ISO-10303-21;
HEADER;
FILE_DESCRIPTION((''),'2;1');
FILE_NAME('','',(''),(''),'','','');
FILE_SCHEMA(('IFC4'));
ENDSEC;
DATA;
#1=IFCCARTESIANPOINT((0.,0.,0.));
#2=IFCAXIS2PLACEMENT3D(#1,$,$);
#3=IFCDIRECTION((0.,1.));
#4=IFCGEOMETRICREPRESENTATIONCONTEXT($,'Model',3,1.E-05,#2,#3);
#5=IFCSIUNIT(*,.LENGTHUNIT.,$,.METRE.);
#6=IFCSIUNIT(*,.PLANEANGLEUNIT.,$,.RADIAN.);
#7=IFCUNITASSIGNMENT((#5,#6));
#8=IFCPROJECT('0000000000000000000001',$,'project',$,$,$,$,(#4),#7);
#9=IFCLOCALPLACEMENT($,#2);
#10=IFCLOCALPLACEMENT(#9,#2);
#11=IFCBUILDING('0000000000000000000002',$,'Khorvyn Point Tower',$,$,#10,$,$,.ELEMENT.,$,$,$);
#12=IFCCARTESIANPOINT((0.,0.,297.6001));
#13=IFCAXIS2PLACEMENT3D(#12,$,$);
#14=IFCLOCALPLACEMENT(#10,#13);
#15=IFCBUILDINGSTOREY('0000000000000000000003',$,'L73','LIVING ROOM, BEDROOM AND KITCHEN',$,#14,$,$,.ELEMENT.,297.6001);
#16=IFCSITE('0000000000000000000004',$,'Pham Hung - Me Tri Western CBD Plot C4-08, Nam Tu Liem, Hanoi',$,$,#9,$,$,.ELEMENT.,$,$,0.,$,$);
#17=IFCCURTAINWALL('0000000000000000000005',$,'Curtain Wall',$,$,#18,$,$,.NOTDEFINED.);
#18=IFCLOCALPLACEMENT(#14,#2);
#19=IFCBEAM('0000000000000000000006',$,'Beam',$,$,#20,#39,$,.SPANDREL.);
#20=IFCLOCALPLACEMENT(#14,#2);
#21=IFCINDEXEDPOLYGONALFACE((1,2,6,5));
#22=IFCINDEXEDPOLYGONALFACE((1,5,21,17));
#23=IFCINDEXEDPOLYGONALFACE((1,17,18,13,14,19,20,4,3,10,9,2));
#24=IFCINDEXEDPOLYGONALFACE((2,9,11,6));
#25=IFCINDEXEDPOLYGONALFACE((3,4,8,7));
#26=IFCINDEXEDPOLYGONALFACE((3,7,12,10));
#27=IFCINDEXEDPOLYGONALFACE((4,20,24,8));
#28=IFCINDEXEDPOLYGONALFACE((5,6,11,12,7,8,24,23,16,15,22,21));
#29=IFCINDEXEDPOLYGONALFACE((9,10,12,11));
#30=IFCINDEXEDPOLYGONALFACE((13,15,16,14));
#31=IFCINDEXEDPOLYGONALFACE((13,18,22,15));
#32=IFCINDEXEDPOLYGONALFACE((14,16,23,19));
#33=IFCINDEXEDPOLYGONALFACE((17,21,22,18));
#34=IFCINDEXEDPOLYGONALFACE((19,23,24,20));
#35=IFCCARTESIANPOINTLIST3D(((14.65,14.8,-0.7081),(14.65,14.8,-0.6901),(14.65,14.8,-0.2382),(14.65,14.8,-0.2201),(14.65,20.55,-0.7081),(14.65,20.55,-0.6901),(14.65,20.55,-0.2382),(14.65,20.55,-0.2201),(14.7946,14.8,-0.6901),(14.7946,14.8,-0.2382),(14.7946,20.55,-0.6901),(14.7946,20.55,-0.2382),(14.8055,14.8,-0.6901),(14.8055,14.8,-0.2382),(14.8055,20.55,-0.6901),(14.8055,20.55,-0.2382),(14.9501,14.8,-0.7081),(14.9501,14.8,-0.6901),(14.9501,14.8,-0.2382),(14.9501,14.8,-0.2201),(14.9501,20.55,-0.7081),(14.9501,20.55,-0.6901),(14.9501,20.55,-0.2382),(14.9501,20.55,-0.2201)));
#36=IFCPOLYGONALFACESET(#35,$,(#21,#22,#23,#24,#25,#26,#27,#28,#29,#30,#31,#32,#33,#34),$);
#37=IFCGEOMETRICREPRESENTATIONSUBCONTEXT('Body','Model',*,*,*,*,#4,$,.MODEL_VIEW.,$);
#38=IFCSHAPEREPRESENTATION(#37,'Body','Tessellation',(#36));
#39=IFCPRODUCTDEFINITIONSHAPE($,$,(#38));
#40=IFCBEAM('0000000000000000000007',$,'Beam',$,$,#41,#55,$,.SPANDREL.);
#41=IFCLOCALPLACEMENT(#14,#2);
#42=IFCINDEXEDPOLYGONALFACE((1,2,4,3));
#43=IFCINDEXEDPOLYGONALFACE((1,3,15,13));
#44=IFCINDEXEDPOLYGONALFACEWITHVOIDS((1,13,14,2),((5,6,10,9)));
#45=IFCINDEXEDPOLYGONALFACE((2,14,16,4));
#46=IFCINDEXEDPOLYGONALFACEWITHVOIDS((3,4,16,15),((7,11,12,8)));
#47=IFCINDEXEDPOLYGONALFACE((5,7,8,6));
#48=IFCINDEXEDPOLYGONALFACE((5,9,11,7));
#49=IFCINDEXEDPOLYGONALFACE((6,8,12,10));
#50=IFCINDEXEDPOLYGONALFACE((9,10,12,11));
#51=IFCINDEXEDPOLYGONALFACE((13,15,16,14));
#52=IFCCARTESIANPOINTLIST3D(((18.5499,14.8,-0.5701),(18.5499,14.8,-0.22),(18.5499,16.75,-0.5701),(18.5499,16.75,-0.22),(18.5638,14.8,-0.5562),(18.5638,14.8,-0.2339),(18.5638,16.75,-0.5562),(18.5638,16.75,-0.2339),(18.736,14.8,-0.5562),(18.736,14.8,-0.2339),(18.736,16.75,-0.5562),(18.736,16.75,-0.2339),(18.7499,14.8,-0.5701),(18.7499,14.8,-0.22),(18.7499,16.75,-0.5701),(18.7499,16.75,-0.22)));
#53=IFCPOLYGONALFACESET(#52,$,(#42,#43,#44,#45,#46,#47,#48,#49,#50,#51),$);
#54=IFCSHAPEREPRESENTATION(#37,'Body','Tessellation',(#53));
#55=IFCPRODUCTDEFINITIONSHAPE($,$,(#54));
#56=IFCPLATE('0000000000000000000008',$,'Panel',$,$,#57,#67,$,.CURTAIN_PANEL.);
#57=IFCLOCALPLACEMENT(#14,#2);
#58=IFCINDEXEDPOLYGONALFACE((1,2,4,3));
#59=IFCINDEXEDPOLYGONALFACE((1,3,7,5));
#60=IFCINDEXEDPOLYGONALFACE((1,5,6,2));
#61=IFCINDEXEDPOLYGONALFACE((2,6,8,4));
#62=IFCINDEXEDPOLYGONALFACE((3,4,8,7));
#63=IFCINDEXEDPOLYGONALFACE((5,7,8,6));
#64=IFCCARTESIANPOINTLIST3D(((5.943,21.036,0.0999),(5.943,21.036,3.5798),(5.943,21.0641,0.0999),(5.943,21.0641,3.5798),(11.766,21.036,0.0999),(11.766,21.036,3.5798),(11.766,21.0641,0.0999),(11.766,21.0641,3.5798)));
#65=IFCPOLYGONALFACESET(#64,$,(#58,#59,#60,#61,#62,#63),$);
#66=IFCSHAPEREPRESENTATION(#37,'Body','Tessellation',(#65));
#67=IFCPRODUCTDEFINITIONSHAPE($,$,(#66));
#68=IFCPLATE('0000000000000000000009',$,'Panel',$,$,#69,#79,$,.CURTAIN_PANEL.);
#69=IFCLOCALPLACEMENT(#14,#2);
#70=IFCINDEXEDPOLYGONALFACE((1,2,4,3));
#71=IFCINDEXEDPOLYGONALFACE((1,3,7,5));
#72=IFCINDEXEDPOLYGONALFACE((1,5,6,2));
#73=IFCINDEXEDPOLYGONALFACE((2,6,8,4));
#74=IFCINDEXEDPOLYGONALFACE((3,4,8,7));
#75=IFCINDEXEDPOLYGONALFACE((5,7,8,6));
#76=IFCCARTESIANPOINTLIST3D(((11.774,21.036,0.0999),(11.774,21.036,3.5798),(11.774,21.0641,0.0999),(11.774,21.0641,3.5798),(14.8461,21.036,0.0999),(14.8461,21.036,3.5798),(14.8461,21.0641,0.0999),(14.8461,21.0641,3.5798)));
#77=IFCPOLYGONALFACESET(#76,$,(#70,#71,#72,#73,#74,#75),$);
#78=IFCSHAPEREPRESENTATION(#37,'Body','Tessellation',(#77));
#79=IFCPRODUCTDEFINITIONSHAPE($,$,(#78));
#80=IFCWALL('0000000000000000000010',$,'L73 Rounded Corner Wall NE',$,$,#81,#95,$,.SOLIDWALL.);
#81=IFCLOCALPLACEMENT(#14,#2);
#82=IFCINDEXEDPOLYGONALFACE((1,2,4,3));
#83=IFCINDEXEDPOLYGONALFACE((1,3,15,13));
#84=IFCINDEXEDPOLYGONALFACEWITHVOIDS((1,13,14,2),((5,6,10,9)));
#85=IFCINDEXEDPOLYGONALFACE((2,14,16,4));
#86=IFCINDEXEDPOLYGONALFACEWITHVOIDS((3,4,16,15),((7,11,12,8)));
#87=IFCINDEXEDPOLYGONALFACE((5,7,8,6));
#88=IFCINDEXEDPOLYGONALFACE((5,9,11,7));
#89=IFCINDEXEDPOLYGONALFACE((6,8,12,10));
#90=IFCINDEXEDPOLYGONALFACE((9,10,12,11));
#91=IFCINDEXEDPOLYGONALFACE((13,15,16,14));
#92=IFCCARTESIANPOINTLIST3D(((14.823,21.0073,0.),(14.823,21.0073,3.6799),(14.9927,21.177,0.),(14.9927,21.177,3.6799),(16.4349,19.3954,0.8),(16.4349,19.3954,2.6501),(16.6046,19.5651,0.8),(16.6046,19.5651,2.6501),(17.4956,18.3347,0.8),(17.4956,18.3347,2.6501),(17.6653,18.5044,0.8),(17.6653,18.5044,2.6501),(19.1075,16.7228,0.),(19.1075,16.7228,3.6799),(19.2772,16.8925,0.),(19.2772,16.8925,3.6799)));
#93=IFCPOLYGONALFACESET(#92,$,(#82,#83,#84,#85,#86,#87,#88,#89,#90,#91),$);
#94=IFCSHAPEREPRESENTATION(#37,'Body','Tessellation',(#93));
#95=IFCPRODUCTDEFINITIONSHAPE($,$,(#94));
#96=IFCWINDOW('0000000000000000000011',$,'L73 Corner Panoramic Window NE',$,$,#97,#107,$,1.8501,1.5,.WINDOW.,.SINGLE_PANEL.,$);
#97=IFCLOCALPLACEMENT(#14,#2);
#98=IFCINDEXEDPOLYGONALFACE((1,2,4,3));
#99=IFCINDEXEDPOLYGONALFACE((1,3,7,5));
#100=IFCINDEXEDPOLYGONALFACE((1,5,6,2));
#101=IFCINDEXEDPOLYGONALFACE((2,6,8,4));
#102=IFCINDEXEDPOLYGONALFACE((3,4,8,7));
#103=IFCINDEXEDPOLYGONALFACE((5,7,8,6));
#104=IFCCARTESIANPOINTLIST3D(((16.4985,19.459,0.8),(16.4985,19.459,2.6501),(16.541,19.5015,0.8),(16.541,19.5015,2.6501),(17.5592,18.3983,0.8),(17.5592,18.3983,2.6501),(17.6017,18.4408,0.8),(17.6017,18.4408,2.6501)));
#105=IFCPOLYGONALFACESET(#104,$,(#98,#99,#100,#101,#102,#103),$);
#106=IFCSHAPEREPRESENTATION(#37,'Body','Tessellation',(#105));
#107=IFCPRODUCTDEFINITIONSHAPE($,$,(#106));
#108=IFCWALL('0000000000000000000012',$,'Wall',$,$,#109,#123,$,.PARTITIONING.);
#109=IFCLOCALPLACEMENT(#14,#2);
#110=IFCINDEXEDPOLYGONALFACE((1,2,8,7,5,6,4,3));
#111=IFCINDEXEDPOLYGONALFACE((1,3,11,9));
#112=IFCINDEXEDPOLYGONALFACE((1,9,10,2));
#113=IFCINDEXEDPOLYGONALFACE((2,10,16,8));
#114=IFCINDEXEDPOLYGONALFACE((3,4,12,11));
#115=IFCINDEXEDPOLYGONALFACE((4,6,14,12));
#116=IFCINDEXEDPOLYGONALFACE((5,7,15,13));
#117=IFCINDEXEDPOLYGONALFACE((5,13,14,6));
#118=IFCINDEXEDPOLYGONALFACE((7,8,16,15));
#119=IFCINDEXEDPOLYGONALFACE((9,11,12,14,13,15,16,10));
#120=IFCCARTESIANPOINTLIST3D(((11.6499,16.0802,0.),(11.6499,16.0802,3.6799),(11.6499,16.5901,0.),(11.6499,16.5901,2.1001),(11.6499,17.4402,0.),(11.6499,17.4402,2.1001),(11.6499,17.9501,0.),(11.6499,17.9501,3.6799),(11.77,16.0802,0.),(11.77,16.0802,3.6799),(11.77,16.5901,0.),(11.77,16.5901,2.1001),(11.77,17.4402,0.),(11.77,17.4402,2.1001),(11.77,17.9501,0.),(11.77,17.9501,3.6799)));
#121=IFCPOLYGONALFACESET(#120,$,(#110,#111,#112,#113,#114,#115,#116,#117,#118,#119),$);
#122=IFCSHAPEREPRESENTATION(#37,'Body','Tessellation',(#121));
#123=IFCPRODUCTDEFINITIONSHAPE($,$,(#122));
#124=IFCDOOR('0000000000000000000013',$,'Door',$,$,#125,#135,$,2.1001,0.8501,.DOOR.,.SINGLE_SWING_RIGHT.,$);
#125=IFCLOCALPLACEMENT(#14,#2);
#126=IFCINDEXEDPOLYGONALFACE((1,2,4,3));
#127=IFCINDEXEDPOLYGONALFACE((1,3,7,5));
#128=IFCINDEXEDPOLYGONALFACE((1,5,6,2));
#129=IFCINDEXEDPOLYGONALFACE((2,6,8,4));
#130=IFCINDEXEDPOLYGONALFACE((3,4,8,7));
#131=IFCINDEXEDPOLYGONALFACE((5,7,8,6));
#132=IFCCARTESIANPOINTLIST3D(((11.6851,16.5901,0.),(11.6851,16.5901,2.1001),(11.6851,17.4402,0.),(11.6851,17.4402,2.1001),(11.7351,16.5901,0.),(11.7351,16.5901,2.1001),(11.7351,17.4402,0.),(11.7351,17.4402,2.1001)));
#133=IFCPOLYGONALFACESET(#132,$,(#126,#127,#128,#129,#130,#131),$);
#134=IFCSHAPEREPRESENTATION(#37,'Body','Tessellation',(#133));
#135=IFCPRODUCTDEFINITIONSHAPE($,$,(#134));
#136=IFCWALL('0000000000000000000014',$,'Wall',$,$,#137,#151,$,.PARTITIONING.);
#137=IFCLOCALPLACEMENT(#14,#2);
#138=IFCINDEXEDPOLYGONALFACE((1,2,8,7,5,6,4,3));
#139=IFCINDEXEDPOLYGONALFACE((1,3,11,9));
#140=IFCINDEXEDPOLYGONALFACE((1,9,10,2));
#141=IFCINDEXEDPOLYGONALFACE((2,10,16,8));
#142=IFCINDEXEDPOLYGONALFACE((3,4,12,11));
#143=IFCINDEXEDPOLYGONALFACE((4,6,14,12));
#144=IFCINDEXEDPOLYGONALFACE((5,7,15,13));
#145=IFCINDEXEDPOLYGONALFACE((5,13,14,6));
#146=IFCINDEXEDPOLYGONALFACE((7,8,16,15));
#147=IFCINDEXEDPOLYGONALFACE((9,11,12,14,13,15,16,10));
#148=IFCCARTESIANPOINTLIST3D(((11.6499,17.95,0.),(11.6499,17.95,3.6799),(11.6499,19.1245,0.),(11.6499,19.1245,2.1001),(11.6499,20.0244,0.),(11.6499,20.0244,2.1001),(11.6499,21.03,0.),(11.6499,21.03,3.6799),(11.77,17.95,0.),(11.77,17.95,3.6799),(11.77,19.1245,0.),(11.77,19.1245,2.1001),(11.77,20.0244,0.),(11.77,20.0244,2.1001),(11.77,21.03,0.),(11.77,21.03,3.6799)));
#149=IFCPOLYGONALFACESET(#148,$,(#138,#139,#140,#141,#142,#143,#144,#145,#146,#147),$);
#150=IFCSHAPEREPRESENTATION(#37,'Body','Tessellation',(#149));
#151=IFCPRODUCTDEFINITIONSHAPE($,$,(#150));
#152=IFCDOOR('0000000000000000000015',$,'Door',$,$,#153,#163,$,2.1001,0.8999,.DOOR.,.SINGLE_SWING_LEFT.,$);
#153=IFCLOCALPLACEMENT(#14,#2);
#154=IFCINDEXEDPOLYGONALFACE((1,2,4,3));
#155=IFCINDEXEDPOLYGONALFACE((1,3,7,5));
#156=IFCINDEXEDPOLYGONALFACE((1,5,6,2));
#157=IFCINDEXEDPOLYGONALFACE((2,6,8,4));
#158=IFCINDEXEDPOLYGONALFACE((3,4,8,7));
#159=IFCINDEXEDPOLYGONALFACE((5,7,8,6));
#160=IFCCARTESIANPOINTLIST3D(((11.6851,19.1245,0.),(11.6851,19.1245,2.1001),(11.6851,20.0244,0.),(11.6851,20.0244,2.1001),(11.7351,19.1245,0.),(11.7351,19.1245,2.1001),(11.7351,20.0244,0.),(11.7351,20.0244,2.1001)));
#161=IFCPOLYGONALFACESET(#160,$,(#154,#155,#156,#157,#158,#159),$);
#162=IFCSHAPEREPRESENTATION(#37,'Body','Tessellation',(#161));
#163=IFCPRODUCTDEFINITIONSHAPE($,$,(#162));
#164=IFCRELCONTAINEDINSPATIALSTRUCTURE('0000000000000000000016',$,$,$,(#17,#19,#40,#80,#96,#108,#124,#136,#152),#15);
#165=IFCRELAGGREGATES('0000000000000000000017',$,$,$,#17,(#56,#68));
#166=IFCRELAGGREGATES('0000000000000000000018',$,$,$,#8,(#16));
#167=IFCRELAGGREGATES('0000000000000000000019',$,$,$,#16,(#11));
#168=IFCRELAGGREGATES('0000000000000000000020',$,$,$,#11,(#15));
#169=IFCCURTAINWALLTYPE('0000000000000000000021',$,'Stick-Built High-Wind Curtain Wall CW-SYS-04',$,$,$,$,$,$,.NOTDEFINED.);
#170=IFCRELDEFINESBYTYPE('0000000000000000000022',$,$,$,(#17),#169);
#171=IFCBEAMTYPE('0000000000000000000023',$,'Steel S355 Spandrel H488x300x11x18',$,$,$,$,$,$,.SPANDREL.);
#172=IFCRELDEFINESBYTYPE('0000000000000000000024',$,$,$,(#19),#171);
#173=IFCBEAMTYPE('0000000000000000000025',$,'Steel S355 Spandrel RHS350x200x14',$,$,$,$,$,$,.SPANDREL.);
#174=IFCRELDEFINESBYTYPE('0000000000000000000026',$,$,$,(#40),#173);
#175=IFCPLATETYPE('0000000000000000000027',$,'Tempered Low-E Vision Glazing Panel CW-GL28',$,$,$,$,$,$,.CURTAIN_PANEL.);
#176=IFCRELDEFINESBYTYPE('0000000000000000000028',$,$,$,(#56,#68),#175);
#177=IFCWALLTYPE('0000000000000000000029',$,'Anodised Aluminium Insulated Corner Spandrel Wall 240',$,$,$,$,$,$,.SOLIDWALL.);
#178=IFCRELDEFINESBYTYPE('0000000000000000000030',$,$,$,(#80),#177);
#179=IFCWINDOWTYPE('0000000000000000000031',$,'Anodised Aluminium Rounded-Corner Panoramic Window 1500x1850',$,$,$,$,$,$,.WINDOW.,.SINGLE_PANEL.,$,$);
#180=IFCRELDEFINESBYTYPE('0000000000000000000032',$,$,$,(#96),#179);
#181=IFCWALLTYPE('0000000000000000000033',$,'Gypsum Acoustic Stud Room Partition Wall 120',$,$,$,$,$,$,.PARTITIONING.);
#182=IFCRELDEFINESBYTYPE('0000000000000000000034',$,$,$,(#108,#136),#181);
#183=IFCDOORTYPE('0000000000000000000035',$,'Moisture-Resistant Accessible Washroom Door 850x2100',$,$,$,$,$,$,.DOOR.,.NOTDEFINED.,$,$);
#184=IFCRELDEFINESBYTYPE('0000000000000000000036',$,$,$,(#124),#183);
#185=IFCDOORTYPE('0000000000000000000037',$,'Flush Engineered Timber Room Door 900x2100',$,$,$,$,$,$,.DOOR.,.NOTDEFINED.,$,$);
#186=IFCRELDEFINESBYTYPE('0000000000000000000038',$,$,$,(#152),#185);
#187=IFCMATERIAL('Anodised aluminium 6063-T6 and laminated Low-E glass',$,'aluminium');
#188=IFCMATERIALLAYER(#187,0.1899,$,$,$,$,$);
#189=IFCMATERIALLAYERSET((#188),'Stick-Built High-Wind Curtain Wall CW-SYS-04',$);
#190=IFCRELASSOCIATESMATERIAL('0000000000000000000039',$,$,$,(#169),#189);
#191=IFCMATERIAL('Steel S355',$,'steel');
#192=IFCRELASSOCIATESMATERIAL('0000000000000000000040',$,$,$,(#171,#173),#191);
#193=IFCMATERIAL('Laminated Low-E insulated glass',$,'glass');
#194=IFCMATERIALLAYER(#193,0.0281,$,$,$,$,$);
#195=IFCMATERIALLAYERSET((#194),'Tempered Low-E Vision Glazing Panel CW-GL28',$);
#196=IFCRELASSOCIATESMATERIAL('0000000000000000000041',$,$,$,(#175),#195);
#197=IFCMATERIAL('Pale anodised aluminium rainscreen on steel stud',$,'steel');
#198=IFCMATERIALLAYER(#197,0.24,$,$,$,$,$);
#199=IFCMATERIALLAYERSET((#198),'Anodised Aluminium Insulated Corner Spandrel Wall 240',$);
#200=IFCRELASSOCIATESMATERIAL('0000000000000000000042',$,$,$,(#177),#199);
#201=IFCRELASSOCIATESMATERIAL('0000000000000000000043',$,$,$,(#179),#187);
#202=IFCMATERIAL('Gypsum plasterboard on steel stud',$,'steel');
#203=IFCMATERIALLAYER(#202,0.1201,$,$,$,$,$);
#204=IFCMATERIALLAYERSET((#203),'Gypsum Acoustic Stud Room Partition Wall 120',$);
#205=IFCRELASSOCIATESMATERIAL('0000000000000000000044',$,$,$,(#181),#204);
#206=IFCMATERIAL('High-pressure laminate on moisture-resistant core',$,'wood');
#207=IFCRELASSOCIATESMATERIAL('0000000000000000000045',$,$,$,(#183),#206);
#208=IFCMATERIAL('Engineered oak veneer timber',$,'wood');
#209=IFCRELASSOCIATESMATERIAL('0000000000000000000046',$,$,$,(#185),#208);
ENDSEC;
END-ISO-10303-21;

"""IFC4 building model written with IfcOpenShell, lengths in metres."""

from ifc_helpers import new_model, si_unit, direction, frame, frame_2d, origin, origin_2d, place, context, subcontext, project, spatial, rectangle, hollow_rectangle, i_section, extrude, material, layer, layer_set, material_profile, profile_set, type_object, element, fill, aggregate, save


model = new_model("IFC4")

# Units and contexts
model_context = context("Model", 3, precision=1e-05, world=origin(), true_north=direction((0.0, 1.0)))
body_context = subcontext(model_context, "Body", "Model", "MODEL_VIEW")
ifc_project = project(units=[si_unit("LENGTHUNIT", "METRE"), si_unit("PLANEANGLEUNIT", "RADIAN")], contexts=[model_context])

# Site, building, storey
site_placement = place(None, origin())
site = spatial("IfcSite", under=ifc_project, at=site_placement, Name="Pham Hung - Me Tri Western CBD Plot C4-08, Nam Tu Liem, Hanoi", CompositionType="ELEMENT", RefElevation=0.0)
building_placement = place(site_placement, origin())
building = spatial("IfcBuilding", under=site, at=building_placement, Name="Khorvyn Point Tower", CompositionType="ELEMENT")
storey_placement = place(building_placement, frame((0.0, 0.0, 297.6001)))
storey = spatial("IfcBuildingStorey", under=building, at=storey_placement, Name="L73", Description="LIVING ROOM, BEDROOM AND KITCHEN", CompositionType="ELEMENT", Elevation=297.6001)

# Shared definitions
ifc_material_1 = material(Name="Steel S355", Category="steel")

# Curtain wall
ifc_material_2 = material(Name="Anodised aluminium 6063-T6 and laminated Low-E glass", Category="aluminium")
ifc_layer_1 = layer(ifc_material_2, 0.1899)
ifc_layer_set_1 = layer_set([ifc_layer_1], Name="Stick-Built High-Wind Curtain Wall CW-SYS-04")
curtain_wall_type = type_object("IfcCurtainWallType", Name="Stick-Built High-Wind Curtain Wall CW-SYS-04", PredefinedType="NOTDEFINED", material=ifc_layer_set_1)
curtain_wall_1_placement = place(storey_placement, origin())
curtain_wall_1 = element("IfcCurtainWall", 1, at=curtain_wall_1_placement, inside=storey, type_object=curtain_wall_type, Name="Curtain Wall", PredefinedType="NOTDEFINED")

# Beams
ifc_material_profile_1 = material_profile(ifc_material_1, i_section(OverallWidth=0.3, OverallDepth=0.488, WebThickness=0.011, FlangeThickness=0.0181, at=origin_2d()))
ifc_profile_set_1 = profile_set([ifc_material_profile_1], Name="Steel S355 H488x300x11x18")
beam_type_1 = type_object("IfcBeamType", Name="Steel S355 Spandrel H488x300x11x18", PredefinedType="SPANDREL", material=ifc_profile_set_1)
beam_1_placement = place(storey_placement, frame((14.8, 14.8, -0.4641), z_axis=(0.0, 1.0, 0.0), x_axis=(-1.0, 0.0, 0.0)))
element("IfcBeam", 2, at=beam_1_placement, inside=storey, type_object=beam_type_1, Name="Beam", PredefinedType="SPANDREL", context=body_context, shape_type="SweptSolid", body=[
    extrude(i_section(OverallWidth=0.3, OverallDepth=0.488, WebThickness=0.011, FlangeThickness=0.0181, at=origin_2d()), origin(), (0.0, 0.0, 1.0), 5.75),
])
ifc_material_profile_2 = material_profile(ifc_material_1, hollow_rectangle(XDim=0.2, YDim=0.3501, WallThickness=0.0139, at=origin_2d()))
ifc_profile_set_2 = profile_set([ifc_material_profile_2], Name="Steel S355 RHS350x200x14")
beam_type_2 = type_object("IfcBeamType", Name="Steel S355 Spandrel RHS350x200x14", PredefinedType="SPANDREL", material=ifc_profile_set_2)
beam_2_placement = place(storey_placement, frame((18.6499, 14.8, -0.395), z_axis=(0.0, 1.0, 0.0), x_axis=(-1.0, 0.0, 0.0)))
element("IfcBeam", 3, at=beam_2_placement, inside=storey, type_object=beam_type_2, Name="Beam", PredefinedType="SPANDREL", context=body_context, shape_type="SweptSolid", body=[
    extrude(hollow_rectangle(XDim=0.2, YDim=0.3501, WallThickness=0.0139, at=origin_2d()), origin(), (0.0, 0.0, 1.0), 1.95),
])

# Plates
ifc_material_3 = material(Name="Laminated Low-E insulated glass", Category="glass")
ifc_layer_2 = layer(ifc_material_3, 0.0281)
ifc_layer_set_2 = layer_set([ifc_layer_2], Name="Tempered Low-E Vision Glazing Panel CW-GL28")
plate_type = type_object("IfcPlateType", Name="Tempered Low-E Vision Glazing Panel CW-GL28", PredefinedType="CURTAIN_PANEL", material=ifc_layer_set_2)
plate_1_placement = place(storey_placement, frame((8.8545, 21.05, 0.0999), z_axis=(0.0, 0.0, 1.0), x_axis=(1.0, 0.0, 0.0)))
plate_1 = element("IfcPlate", 4, at=plate_1_placement, type_object=plate_type, Name="Panel", PredefinedType="CURTAIN_PANEL", context=body_context, shape_type="SweptSolid", body=[
    extrude(rectangle(XDim=5.823, YDim=0.0281, at=origin_2d()), origin(), (0.0, 0.0, 1.0), 3.48),
])
plate_2_placement = place(storey_placement, frame((13.3101, 21.05, 0.0999), z_axis=(0.0, 0.0, 1.0), x_axis=(1.0, 0.0, 0.0)))
plate_2 = element("IfcPlate", 5, at=plate_2_placement, type_object=plate_type, Name="Panel", PredefinedType="CURTAIN_PANEL", context=body_context, shape_type="SweptSolid", body=[
    extrude(rectangle(XDim=3.072, YDim=0.0281, at=origin_2d()), origin(), (0.0, 0.0, 1.0), 3.48),
])
aggregate(curtain_wall_1, [plate_1, plate_2])

# Wall, opening, window
ifc_material_4 = material(Name="Pale anodised aluminium rainscreen on steel stud", Category="steel")
ifc_layer_3 = layer(ifc_material_4, 0.24)
ifc_layer_set_3 = layer_set([ifc_layer_3], Name="Anodised Aluminium Insulated Corner Spandrel Wall 240")
wall_type_1 = type_object("IfcWallType", Name="Anodised Aluminium Insulated Corner Spandrel Wall 240", PredefinedType="SOLIDWALL", material=ifc_layer_set_3)
wall_1_placement = place(storey_placement, frame((14.9077, 21.0923, 0.0), z_axis=(0.0, 0.0, 1.0), x_axis=(0.707107, -0.707107, 0.0)))
wall_1 = element("IfcWall", 6, at=wall_1_placement, inside=storey, type_object=wall_type_1, Name="L73 Rounded Corner Wall NE", PredefinedType="SOLIDWALL", context=body_context, shape_type="SweptSolid", body=[
    extrude(rectangle(XDim=6.0593, YDim=0.24, at=frame_2d((3.0298, 0.0))), origin(), (0.0, 0.0, 1.0), 3.6799),
])
opening_1_placement = place(wall_1_placement, frame((2.2798, 0.0, 0.8)))
opening_1 = element("IfcOpeningElement", 7, at=opening_1_placement, cuts=wall_1, PredefinedType="OPENING", context=body_context, shape_type="SweptSolid", body=[
    extrude(rectangle(XDim=1.5, YDim=1.8501, at=frame_2d((0.75, 0.925))), frame((0.0, 0.1299, 0.0), z_axis=(0.0, -1.0, 0.0), x_axis=(1.0, 0.0, 0.0)), (0.0, 0.0, 1.0), 0.26),
])
window_type = type_object("IfcWindowType", Name="Anodised Aluminium Rounded-Corner Panoramic Window 1500x1850", PartitioningType="SINGLE_PANEL", PredefinedType="WINDOW", material=ifc_material_2)
window_placement = place(opening_1_placement, origin())
window = element("IfcWindow", 8, at=window_placement, inside=storey, type_object=window_type, Name="L73 Corner Panoramic Window NE", OverallHeight=1.8501, OverallWidth=1.5, PartitioningType="SINGLE_PANEL", PredefinedType="WINDOW", context=body_context, shape_type="SweptSolid", body=[
    extrude(rectangle(XDim=1.5, YDim=1.8501, at=frame_2d((0.75, 0.925))), frame((0.0, 0.03, 0.0), z_axis=(0.0, -1.0, 0.0), x_axis=(1.0, 0.0, 0.0)), (0.0, 0.0, 1.0), 0.0601),
])
fill(opening_1, window)

# Walls, openings, doors
ifc_material_5 = material(Name="Gypsum plasterboard on steel stud", Category="steel")
ifc_layer_4 = layer(ifc_material_5, 0.1201)
ifc_layer_set_4 = layer_set([ifc_layer_4], Name="Gypsum Acoustic Stud Room Partition Wall 120")
wall_type_2 = type_object("IfcWallType", Name="Gypsum Acoustic Stud Room Partition Wall 120", PredefinedType="PARTITIONING", material=ifc_layer_set_4)
wall_2_placement = place(storey_placement, frame((11.71, 16.0801, 0.0), z_axis=(0.0, 0.0, 1.0), x_axis=(0.0, 1.0, 0.0)))
wall_2 = element("IfcWall", 9, at=wall_2_placement, inside=storey, type_object=wall_type_2, Name="Wall", PredefinedType="PARTITIONING", context=body_context, shape_type="SweptSolid", body=[
    extrude(rectangle(XDim=1.8699, YDim=0.1201, at=frame_2d((0.9351, 0.0))), origin(), (0.0, 0.0, 1.0), 3.6799),
])
opening_2_placement = place(wall_2_placement, frame((0.51, 0.0, 0.0)))
opening_2 = element("IfcOpeningElement", 10, at=opening_2_placement, cuts=wall_2, PredefinedType="OPENING", context=body_context, shape_type="SweptSolid", body=[
    extrude(rectangle(XDim=0.8501, YDim=2.1001, at=frame_2d((0.425, 1.05))), frame((0.0, 0.0701, 0.0), z_axis=(0.0, -1.0, 0.0), x_axis=(1.0, 0.0, 0.0)), (0.0, 0.0, 1.0), 0.1401),
])
ifc_material_6 = material(Name="High-pressure laminate on moisture-resistant core", Category="wood")
door_type_1 = type_object("IfcDoorType", Name="Moisture-Resistant Accessible Washroom Door 850x2100", OperationType="NOTDEFINED", PredefinedType="DOOR", material=ifc_material_6)
door_1_placement = place(opening_2_placement, origin())
door_1 = element("IfcDoor", 11, at=door_1_placement, inside=storey, type_object=door_type_1, Name="Door", OperationType="SINGLE_SWING_RIGHT", OverallHeight=2.1001, OverallWidth=0.8501, PredefinedType="DOOR", context=body_context, shape_type="SweptSolid", body=[
    extrude(rectangle(XDim=0.8501, YDim=2.1001, at=frame_2d((0.425, 1.05))), frame((0.0, 0.0249, 0.0), z_axis=(0.0, -1.0, 0.0), x_axis=(1.0, 0.0, 0.0)), (0.0, 0.0, 1.0), 0.05),
])
fill(opening_2, door_1)
wall_3_placement = place(storey_placement, frame((11.71, 17.95, 0.0), z_axis=(0.0, 0.0, 1.0), x_axis=(0.0, 1.0, 0.0)))
wall_3 = element("IfcWall", 12, at=wall_3_placement, inside=storey, type_object=wall_type_2, Name="Wall", PredefinedType="PARTITIONING", context=body_context, shape_type="SweptSolid", body=[
    extrude(rectangle(XDim=3.0801, YDim=0.1201, at=frame_2d((1.54, 0.0))), origin(), (0.0, 0.0, 1.0), 3.6799),
])
opening_3_placement = place(wall_3_placement, frame((1.1746, 0.0, 0.0)))
opening_3 = element("IfcOpeningElement", 13, at=opening_3_placement, cuts=wall_3, PredefinedType="OPENING", context=body_context, shape_type="SweptSolid", body=[
    extrude(rectangle(XDim=0.8999, YDim=2.1001, at=frame_2d((0.45, 1.05))), frame((0.0, 0.0701, 0.0), z_axis=(0.0, -1.0, 0.0), x_axis=(1.0, 0.0, 0.0)), (0.0, 0.0, 1.0), 0.1401),
])
ifc_material_7 = material(Name="Engineered oak veneer timber", Category="wood")
door_type_2 = type_object("IfcDoorType", Name="Flush Engineered Timber Room Door 900x2100", OperationType="NOTDEFINED", PredefinedType="DOOR", material=ifc_material_7)
door_2_placement = place(opening_3_placement, origin())
door_2 = element("IfcDoor", 14, at=door_2_placement, inside=storey, type_object=door_type_2, Name="Door", OperationType="SINGLE_SWING_LEFT", OverallHeight=2.1001, OverallWidth=0.8999, PredefinedType="DOOR", context=body_context, shape_type="SweptSolid", body=[
    extrude(rectangle(XDim=0.8999, YDim=2.1001, at=frame_2d((0.45, 1.05))), frame((0.0, 0.0249, 0.0), z_axis=(0.0, -1.0, 0.0), x_axis=(1.0, 0.0, 0.0)), (0.0, 0.0, 1.0), 0.05),
])
fill(opening_3, door_2)

save(model, "model.ifc")
